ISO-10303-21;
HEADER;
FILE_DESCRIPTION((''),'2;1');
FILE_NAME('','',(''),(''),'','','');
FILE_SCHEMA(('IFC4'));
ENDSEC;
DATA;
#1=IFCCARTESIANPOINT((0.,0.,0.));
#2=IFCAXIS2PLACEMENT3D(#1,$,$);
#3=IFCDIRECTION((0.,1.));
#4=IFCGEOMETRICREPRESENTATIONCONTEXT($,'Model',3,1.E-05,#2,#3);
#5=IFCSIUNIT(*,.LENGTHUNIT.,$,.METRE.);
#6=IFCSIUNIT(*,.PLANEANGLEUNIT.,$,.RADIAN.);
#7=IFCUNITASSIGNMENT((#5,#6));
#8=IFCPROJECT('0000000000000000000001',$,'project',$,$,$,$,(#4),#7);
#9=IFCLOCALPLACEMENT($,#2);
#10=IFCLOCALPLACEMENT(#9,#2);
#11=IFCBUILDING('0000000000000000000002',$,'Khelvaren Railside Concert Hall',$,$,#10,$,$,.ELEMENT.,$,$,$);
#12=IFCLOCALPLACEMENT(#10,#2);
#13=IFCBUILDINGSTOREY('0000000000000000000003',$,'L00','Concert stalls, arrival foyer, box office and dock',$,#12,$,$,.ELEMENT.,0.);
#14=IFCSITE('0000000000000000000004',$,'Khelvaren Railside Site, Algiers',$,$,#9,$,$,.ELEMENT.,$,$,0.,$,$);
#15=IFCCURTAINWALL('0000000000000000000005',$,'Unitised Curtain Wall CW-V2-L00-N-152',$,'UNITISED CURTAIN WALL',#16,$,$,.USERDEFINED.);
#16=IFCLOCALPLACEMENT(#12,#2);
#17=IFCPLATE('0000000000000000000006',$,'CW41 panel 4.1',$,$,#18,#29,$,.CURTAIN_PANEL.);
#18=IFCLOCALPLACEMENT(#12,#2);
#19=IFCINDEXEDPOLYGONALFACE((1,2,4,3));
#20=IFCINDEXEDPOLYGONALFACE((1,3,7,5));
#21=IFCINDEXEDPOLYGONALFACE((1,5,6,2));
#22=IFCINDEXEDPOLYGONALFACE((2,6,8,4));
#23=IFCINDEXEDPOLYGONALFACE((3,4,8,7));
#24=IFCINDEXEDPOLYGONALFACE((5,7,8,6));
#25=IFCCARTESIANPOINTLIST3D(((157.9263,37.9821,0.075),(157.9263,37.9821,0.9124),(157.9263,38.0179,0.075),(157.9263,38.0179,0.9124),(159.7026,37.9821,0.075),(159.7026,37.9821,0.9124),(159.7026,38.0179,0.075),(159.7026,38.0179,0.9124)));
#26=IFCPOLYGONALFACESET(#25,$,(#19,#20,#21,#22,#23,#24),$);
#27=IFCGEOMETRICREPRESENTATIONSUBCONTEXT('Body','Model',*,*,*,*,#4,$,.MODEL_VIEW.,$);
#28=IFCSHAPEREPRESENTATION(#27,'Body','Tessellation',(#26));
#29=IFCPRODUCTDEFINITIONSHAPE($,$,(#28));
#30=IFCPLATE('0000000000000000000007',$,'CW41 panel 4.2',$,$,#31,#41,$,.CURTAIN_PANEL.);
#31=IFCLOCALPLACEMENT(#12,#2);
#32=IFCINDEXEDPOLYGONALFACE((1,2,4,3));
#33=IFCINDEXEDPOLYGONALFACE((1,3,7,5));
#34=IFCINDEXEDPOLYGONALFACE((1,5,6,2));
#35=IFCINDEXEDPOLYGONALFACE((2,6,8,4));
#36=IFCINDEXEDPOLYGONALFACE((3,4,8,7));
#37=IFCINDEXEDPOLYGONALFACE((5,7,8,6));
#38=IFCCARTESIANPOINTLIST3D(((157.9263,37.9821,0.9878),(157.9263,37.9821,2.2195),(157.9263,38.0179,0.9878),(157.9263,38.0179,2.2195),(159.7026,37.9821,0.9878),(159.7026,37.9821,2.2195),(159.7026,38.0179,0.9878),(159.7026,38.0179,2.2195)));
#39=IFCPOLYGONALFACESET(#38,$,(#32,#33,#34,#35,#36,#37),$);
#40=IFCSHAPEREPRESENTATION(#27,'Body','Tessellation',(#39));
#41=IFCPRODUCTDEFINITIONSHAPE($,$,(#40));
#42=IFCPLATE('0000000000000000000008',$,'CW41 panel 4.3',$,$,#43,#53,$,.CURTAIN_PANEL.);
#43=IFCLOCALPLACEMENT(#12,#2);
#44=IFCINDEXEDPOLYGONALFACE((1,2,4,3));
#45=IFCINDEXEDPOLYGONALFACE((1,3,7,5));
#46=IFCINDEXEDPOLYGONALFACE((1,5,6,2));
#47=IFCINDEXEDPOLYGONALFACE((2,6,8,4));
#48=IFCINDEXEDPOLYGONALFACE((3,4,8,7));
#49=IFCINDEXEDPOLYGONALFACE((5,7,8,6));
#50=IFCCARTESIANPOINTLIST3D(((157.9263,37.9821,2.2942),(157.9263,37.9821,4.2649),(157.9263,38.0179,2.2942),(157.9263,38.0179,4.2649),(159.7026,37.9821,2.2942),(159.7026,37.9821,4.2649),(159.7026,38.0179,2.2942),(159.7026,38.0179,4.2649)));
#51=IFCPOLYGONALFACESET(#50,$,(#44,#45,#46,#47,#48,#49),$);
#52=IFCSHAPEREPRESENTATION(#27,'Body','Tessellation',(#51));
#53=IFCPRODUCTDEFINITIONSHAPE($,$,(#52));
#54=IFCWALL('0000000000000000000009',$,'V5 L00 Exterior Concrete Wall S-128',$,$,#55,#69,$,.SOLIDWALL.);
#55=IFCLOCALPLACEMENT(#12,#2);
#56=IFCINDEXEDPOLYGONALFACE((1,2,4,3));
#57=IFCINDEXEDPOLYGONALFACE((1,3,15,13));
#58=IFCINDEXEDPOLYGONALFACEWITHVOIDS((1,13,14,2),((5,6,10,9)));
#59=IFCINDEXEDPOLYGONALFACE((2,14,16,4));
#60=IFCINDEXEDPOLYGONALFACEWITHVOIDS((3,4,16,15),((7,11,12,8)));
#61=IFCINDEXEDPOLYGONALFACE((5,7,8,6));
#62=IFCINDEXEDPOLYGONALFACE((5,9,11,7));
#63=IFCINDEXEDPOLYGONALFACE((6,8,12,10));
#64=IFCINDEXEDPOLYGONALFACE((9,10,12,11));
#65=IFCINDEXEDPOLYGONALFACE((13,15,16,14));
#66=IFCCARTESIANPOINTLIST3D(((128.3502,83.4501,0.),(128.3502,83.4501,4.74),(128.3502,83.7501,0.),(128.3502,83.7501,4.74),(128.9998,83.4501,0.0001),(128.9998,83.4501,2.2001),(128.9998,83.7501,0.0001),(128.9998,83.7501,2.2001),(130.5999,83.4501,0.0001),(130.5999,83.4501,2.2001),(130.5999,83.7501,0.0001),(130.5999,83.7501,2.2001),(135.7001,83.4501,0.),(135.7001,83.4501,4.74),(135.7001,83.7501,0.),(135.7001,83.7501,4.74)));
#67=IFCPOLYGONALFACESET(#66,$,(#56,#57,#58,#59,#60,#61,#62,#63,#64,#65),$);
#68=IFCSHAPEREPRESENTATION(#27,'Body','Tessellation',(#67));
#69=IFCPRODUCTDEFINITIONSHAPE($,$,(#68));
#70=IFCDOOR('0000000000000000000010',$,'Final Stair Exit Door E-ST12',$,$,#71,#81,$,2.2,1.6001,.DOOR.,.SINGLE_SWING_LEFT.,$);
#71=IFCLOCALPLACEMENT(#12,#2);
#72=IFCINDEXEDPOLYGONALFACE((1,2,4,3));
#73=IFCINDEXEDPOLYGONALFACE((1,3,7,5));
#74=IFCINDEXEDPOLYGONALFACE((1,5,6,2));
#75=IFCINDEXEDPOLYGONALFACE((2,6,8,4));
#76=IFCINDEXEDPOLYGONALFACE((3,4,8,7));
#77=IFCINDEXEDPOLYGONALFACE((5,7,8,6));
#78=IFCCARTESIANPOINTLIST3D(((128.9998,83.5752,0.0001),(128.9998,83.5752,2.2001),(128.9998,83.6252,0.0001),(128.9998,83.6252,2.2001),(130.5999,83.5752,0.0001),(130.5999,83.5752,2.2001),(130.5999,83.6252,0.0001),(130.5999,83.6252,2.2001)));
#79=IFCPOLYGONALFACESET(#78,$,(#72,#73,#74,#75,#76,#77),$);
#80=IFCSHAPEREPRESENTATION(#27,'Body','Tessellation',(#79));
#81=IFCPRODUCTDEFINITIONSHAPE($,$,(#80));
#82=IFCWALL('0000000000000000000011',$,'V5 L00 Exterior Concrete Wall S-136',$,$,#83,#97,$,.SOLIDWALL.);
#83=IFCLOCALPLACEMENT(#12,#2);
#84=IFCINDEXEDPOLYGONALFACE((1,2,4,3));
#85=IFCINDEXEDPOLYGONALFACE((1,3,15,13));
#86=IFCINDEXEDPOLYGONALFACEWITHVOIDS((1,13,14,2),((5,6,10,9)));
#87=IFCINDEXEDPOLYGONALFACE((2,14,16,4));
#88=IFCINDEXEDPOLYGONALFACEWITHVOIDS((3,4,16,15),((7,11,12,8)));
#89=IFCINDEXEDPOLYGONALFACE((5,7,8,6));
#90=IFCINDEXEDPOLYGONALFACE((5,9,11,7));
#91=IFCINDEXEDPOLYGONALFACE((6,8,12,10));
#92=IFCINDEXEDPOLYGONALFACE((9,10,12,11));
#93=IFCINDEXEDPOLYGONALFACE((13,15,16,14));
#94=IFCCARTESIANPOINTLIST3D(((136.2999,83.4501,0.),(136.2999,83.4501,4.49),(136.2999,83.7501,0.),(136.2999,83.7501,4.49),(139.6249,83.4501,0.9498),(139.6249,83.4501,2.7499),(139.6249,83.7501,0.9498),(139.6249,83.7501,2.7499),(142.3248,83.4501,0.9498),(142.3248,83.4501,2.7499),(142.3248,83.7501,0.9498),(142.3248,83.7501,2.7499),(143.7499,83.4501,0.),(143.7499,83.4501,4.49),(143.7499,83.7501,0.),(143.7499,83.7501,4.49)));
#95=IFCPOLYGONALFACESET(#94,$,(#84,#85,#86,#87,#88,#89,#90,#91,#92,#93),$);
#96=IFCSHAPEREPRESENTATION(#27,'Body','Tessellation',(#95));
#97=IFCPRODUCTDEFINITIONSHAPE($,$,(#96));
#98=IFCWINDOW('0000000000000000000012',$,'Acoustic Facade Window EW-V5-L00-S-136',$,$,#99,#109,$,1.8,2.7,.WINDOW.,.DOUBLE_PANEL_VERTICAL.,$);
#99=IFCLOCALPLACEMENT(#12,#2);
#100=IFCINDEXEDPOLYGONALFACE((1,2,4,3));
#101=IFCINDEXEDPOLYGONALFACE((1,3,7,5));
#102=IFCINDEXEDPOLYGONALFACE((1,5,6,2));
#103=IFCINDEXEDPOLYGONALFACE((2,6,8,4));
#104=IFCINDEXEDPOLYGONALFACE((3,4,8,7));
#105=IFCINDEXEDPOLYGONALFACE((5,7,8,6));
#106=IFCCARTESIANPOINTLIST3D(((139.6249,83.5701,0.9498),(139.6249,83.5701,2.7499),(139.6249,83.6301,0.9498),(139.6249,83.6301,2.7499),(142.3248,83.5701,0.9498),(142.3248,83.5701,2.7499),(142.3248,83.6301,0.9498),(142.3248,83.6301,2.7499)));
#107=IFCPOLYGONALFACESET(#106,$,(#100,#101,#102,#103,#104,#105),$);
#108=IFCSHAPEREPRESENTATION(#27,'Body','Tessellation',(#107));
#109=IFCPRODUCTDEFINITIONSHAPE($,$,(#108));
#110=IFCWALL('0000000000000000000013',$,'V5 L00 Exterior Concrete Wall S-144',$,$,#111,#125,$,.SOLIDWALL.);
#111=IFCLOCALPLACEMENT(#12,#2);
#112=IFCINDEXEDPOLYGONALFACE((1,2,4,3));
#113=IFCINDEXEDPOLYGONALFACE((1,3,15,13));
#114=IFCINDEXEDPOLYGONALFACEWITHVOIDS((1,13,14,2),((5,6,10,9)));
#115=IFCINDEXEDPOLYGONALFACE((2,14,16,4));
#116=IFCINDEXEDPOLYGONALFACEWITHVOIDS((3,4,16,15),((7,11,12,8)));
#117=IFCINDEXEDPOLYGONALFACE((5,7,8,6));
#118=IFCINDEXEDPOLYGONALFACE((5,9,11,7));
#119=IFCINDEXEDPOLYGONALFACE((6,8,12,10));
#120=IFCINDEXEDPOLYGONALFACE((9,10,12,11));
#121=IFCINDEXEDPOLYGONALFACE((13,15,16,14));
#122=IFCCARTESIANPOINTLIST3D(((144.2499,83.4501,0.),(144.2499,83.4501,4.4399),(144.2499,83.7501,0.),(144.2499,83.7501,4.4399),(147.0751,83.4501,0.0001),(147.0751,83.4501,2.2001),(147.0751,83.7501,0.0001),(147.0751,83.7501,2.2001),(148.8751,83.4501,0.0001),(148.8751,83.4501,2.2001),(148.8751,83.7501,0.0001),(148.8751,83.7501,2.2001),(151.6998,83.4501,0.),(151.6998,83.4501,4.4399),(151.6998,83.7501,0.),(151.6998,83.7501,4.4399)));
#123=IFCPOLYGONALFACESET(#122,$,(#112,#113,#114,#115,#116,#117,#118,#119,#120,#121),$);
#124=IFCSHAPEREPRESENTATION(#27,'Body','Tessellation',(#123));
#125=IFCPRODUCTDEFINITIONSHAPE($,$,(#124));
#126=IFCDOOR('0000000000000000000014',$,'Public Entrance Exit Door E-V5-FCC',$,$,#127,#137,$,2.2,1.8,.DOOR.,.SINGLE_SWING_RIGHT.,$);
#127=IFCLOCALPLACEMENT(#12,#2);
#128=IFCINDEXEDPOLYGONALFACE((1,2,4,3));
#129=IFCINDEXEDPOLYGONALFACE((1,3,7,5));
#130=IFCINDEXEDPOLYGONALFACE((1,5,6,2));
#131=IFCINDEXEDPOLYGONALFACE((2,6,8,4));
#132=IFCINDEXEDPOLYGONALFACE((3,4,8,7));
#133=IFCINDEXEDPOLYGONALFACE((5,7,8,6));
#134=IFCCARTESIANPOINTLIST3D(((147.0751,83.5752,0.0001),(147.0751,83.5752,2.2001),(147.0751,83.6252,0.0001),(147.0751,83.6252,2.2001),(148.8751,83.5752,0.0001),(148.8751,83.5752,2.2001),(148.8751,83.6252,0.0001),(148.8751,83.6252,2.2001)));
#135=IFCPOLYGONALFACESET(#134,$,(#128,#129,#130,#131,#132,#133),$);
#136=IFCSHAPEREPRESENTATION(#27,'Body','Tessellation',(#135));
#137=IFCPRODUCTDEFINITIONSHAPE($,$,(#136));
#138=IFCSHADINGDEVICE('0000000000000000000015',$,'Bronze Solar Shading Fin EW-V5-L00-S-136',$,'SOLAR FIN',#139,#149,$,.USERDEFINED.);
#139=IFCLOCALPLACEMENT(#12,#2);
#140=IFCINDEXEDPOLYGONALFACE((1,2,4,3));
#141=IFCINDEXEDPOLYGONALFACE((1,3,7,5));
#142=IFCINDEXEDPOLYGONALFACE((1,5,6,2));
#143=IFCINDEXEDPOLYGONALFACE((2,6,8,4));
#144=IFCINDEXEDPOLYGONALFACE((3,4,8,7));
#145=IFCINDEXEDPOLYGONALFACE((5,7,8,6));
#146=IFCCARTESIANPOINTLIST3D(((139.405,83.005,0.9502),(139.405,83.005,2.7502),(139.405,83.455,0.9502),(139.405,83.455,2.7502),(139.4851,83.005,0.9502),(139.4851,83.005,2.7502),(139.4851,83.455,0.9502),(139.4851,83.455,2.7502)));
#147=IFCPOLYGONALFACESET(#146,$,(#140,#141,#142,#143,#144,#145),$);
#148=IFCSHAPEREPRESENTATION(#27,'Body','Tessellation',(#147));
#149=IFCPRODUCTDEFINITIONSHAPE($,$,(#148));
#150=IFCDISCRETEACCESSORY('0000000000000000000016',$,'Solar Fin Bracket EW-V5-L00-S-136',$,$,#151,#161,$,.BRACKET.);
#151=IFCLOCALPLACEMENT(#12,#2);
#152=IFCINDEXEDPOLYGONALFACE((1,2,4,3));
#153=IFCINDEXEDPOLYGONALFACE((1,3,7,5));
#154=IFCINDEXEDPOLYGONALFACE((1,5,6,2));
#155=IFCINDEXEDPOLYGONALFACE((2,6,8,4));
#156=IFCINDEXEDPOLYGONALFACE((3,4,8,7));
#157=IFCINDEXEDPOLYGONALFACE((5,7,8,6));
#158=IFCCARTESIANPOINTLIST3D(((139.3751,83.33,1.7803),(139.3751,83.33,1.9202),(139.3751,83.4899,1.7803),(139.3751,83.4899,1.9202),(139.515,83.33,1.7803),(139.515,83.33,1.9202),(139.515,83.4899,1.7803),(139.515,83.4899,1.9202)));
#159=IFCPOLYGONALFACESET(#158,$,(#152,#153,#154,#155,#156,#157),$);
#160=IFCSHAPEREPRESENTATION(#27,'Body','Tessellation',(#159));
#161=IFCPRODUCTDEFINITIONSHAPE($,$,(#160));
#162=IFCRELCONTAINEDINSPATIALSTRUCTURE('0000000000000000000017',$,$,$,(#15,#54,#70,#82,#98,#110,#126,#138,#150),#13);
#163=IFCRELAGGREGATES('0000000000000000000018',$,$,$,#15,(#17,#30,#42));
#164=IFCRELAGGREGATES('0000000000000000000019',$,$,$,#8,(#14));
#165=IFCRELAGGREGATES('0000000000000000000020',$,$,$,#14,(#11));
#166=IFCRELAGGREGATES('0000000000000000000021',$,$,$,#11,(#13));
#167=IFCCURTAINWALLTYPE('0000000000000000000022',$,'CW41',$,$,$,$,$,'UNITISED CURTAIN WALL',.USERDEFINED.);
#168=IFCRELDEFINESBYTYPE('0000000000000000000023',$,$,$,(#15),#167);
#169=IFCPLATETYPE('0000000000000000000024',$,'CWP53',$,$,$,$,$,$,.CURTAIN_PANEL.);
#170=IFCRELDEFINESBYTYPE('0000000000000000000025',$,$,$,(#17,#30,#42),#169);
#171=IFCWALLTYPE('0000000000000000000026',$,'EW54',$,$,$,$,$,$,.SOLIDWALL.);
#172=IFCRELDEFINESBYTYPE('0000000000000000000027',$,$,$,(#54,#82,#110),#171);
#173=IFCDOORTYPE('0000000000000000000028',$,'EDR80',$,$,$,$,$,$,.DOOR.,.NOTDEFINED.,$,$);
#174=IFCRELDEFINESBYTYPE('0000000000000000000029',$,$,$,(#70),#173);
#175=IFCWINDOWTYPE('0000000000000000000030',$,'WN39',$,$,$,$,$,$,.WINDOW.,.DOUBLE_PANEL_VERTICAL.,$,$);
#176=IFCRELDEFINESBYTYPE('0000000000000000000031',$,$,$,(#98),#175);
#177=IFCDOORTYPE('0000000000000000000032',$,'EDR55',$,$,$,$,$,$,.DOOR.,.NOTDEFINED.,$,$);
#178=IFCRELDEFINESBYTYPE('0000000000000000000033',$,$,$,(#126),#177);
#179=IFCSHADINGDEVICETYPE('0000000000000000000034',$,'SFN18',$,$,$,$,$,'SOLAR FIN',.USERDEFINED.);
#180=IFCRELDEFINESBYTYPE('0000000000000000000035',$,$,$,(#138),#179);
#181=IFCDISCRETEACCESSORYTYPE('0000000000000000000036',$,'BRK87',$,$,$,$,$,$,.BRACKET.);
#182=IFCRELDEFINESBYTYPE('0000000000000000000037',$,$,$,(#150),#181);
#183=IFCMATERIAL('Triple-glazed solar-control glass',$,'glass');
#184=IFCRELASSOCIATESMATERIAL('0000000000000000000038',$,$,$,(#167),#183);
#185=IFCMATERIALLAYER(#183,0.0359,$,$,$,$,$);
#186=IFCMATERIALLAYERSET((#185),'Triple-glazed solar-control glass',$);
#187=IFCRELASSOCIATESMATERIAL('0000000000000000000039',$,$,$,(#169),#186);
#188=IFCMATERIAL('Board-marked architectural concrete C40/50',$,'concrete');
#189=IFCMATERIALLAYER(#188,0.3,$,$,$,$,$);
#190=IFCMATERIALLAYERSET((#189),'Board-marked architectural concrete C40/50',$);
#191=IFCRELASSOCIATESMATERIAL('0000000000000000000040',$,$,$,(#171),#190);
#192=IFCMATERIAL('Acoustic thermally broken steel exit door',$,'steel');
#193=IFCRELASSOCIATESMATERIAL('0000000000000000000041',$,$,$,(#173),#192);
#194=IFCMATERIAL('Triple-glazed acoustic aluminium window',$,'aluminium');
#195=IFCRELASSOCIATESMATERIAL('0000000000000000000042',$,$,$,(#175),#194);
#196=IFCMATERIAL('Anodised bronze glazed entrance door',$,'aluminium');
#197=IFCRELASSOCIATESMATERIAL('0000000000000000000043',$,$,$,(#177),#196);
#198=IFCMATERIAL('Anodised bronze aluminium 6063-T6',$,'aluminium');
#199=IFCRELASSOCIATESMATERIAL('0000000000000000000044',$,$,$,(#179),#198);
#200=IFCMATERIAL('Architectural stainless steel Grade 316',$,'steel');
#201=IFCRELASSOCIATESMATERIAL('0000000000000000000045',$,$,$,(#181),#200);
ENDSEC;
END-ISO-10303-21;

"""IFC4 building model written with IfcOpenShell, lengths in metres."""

from ifc_helpers import new_model, si_unit, direction, frame, frame_2d, origin, origin_2d, place, context, subcontext, project, spatial, rectangle, extrude, material, layer, layer_set, type_object, element, fill, aggregate, save


model = new_model("IFC4")

# Units and contexts
model_context = context("Model", 3, precision=1e-05, world=origin(), true_north=direction((0.0, 1.0)))
body_context = subcontext(model_context, "Body", "Model", "MODEL_VIEW")
ifc_project = project(units=[si_unit("LENGTHUNIT", "METRE"), si_unit("PLANEANGLEUNIT", "RADIAN")], contexts=[model_context])

# Site, building, storey
site_placement = place(None, origin())
site = spatial("IfcSite", under=ifc_project, at=site_placement, Name="Khelvaren Railside Site, Algiers", CompositionType="ELEMENT", RefElevation=0.0)
building_placement = place(site_placement, origin())
building = spatial("IfcBuilding", under=site, at=building_placement, Name="Khelvaren Railside Concert Hall", CompositionType="ELEMENT")
storey_placement = place(building_placement, origin())
storey = spatial("IfcBuildingStorey", under=building, at=storey_placement, Name="L00", Description="Concert stalls, arrival foyer, box office and dock", CompositionType="ELEMENT", Elevation=0.0)

# Curtain wall
ifc_material_1 = material(Name="Triple-glazed solar-control glass", Category="glass")
curtain_wall_type = type_object("IfcCurtainWallType", Name="CW41", ElementType="UNITISED CURTAIN WALL", PredefinedType="USERDEFINED", material=ifc_material_1)
curtain_wall_placement = place(storey_placement, origin())
curtain_wall = element("IfcCurtainWall", 1, at=curtain_wall_placement, inside=storey, type_object=curtain_wall_type, Name="Unitised Curtain Wall CW-V2-L00-N-152", ObjectType="UNITISED CURTAIN WALL", PredefinedType="USERDEFINED")

# Plates
ifc_layer_1 = layer(ifc_material_1, 0.0359)
ifc_layer_set_1 = layer_set([ifc_layer_1], Name="Triple-glazed solar-control glass")
plate_type = type_object("IfcPlateType", Name="CWP53", PredefinedType="CURTAIN_PANEL", material=ifc_layer_set_1)
plate_1_placement = place(storey_placement, frame((158.8145, 38.0, 0.075), z_axis=(0.0, 0.0, 1.0), x_axis=(1.0, 0.0, 0.0)))
plate_1 = element("IfcPlate", 2, at=plate_1_placement, type_object=plate_type, Name="CW41 panel 4.1", PredefinedType="CURTAIN_PANEL", context=body_context, shape_type="SweptSolid", body=[
    extrude(rectangle(XDim=1.7764, YDim=0.0359, at=origin_2d()), origin(), (0.0, 0.0, 1.0), 0.8374),
])
plate_2_placement = place(storey_placement, frame((158.8145, 38.0, 0.9878), z_axis=(0.0, 0.0, 1.0), x_axis=(1.0, 0.0, 0.0)))
plate_2 = element("IfcPlate", 3, at=plate_2_placement, type_object=plate_type, Name="CW41 panel 4.2", PredefinedType="CURTAIN_PANEL", context=body_context, shape_type="SweptSolid", body=[
    extrude(rectangle(XDim=1.7764, YDim=0.0359, at=origin_2d()), origin(), (0.0, 0.0, 1.0), 1.2317),
])
plate_3_placement = place(storey_placement, frame((158.8145, 38.0, 2.2942), z_axis=(0.0, 0.0, 1.0), x_axis=(1.0, 0.0, 0.0)))
plate_3 = element("IfcPlate", 4, at=plate_3_placement, type_object=plate_type, Name="CW41 panel 4.3", PredefinedType="CURTAIN_PANEL", context=body_context, shape_type="SweptSolid", body=[
    extrude(rectangle(XDim=1.7764, YDim=0.0359, at=origin_2d()), origin(), (0.0, 0.0, 1.0), 1.9707),
])
aggregate(curtain_wall, [plate_1, plate_2, plate_3])

# Wall, opening, door
ifc_material_2 = material(Name="Board-marked architectural concrete C40/50", Category="concrete")
ifc_layer_2 = layer(ifc_material_2, 0.3)
ifc_layer_set_2 = layer_set([ifc_layer_2], Name="Board-marked architectural concrete C40/50")
wall_type = type_object("IfcWallType", Name="EW54", PredefinedType="SOLIDWALL", material=ifc_layer_set_2)
wall_1_placement = place(storey_placement, frame((135.7, 83.6001, 0.0), z_axis=(0.0, 0.0, 1.0), x_axis=(-1.0, 0.0, 0.0)))
wall_1 = element("IfcWall", 5, at=wall_1_placement, inside=storey, type_object=wall_type, Name="V5 L00 Exterior Concrete Wall S-128", PredefinedType="SOLIDWALL", context=body_context, shape_type="SweptSolid", body=[
    extrude(rectangle(XDim=7.3499, YDim=0.3, at=frame_2d((3.6748, 0.0))), origin(), (0.0, 0.0, 1.0), 4.74),
])
opening_1_placement = place(wall_1_placement, frame((5.1001, 0.0, 0.0)))
opening_1 = element("IfcOpeningElement", 6, at=opening_1_placement, cuts=wall_1, PredefinedType="OPENING", context=body_context, shape_type="SweptSolid", body=[
    extrude(rectangle(XDim=1.6001, YDim=2.2, at=frame_2d((0.8, 1.1001))), frame((0.0, 0.1599, 0.0), z_axis=(0.0, -1.0, 0.0), x_axis=(1.0, 0.0, 0.0)), (0.0, 0.0, 1.0), 0.3201),
])
ifc_material_3 = material(Name="Acoustic thermally broken steel exit door", Category="steel")
door_type_1 = type_object("IfcDoorType", Name="EDR80", OperationType="NOTDEFINED", PredefinedType="DOOR", material=ifc_material_3)
door_1_placement = place(opening_1_placement, origin())
door_1 = element("IfcDoor", 7, at=door_1_placement, inside=storey, type_object=door_type_1, Name="Final Stair Exit Door E-ST12", OperationType="SINGLE_SWING_LEFT", OverallHeight=2.2, OverallWidth=1.6001, PredefinedType="DOOR", context=body_context, shape_type="SweptSolid", body=[
    extrude(rectangle(XDim=1.6001, YDim=2.2, at=frame_2d((0.8, 1.1001))), frame((0.0, 0.0249, 0.0), z_axis=(0.0, -1.0, 0.0), x_axis=(1.0, 0.0, 0.0)), (0.0, 0.0, 1.0), 0.05),
])
fill(opening_1, door_1)

# Wall, opening, window
wall_2_placement = place(storey_placement, frame((143.75, 83.6001, 0.0), z_axis=(0.0, 0.0, 1.0), x_axis=(-1.0, 0.0, 0.0)))
wall_2 = element("IfcWall", 8, at=wall_2_placement, inside=storey, type_object=wall_type, Name="V5 L00 Exterior Concrete Wall S-136", PredefinedType="SOLIDWALL", context=body_context, shape_type="SweptSolid", body=[
    extrude(rectangle(XDim=7.45, YDim=0.3, at=frame_2d((3.7251, 0.0))), origin(), (0.0, 0.0, 1.0), 4.49),
])
opening_2_placement = place(wall_2_placement, frame((1.425, 0.0, 0.95)))
opening_2 = element("IfcOpeningElement", 9, at=opening_2_placement, cuts=wall_2, PredefinedType="OPENING", context=body_context, shape_type="SweptSolid", body=[
    extrude(rectangle(XDim=2.7, YDim=1.8, at=frame_2d((1.3501, 0.8999))), frame((0.0, 0.1599, 0.0), z_axis=(0.0, -1.0, 0.0), x_axis=(1.0, 0.0, 0.0)), (0.0, 0.0, 1.0), 0.3201),
])
ifc_material_4 = material(Name="Triple-glazed acoustic aluminium window", Category="aluminium")
window_type = type_object("IfcWindowType", Name="WN39", PartitioningType="DOUBLE_PANEL_VERTICAL", PredefinedType="WINDOW", material=ifc_material_4)
window_placement = place(opening_2_placement, origin())
window = element("IfcWindow", 10, at=window_placement, inside=storey, type_object=window_type, Name="Acoustic Facade Window EW-V5-L00-S-136", OverallHeight=1.8, OverallWidth=2.7, PartitioningType="DOUBLE_PANEL_VERTICAL", PredefinedType="WINDOW", context=body_context, shape_type="SweptSolid", body=[
    extrude(rectangle(XDim=2.7, YDim=1.8, at=frame_2d((1.3501, 0.8999))), frame((0.0, 0.03, 0.0), z_axis=(0.0, -1.0, 0.0), x_axis=(1.0, 0.0, 0.0)), (0.0, 0.0, 1.0), 0.0601),
])
fill(opening_2, window)

# Wall, opening, door
wall_3_placement = place(storey_placement, frame((151.7, 83.6001, 0.0), z_axis=(0.0, 0.0, 1.0), x_axis=(-1.0, 0.0, 0.0)))
wall_3 = element("IfcWall", 11, at=wall_3_placement, inside=storey, type_object=wall_type, Name="V5 L00 Exterior Concrete Wall S-144", PredefinedType="SOLIDWALL", context=body_context, shape_type="SweptSolid", body=[
    extrude(rectangle(XDim=7.45, YDim=0.3, at=frame_2d((3.7251, 0.0))), origin(), (0.0, 0.0, 1.0), 4.4399),
])
opening_3_placement = place(wall_3_placement, frame((2.825, 0.0, 0.0)))
opening_3 = element("IfcOpeningElement", 12, at=opening_3_placement, cuts=wall_3, PredefinedType="OPENING", context=body_context, shape_type="SweptSolid", body=[
    extrude(rectangle(XDim=1.8, YDim=2.2, at=frame_2d((0.8999, 1.1001))), frame((0.0, 0.1599, 0.0), z_axis=(0.0, -1.0, 0.0), x_axis=(1.0, 0.0, 0.0)), (0.0, 0.0, 1.0), 0.3201),
])
ifc_material_5 = material(Name="Anodised bronze glazed entrance door", Category="aluminium")
door_type_2 = type_object("IfcDoorType", Name="EDR55", OperationType="NOTDEFINED", PredefinedType="DOOR", material=ifc_material_5)
door_2_placement = place(opening_3_placement, origin())
door_2 = element("IfcDoor", 13, at=door_2_placement, inside=storey, type_object=door_type_2, Name="Public Entrance Exit Door E-V5-FCC", OperationType="SINGLE_SWING_RIGHT", OverallHeight=2.2, OverallWidth=1.8, PredefinedType="DOOR", context=body_context, shape_type="SweptSolid", body=[
    extrude(rectangle(XDim=1.8, YDim=2.2, at=frame_2d((0.8999, 1.1001))), frame((0.0, 0.0249, 0.0), z_axis=(0.0, -1.0, 0.0), x_axis=(1.0, 0.0, 0.0)), (0.0, 0.0, 1.0), 0.05),
])
fill(opening_3, door_2)

# Shading device
ifc_material_6 = material(Name="Anodised bronze aluminium 6063-T6", Category="aluminium")
shading_device_type = type_object("IfcShadingDeviceType", Name="SFN18", ElementType="SOLAR FIN", PredefinedType="USERDEFINED", material=ifc_material_6)
shading_device_placement = place(storey_placement, frame((139.4451, 83.23, 0.9502), z_axis=(0.0, 0.0, 1.0), x_axis=(-1.0, 0.0, 0.0)))
element("IfcShadingDevice", 14, at=shading_device_placement, inside=storey, type_object=shading_device_type, Name="Bronze Solar Shading Fin EW-V5-L00-S-136", ObjectType="SOLAR FIN", PredefinedType="USERDEFINED", context=body_context, shape_type="SweptSolid", body=[
    extrude(rectangle(XDim=0.0801, YDim=0.45, at=origin_2d()), origin(), (0.0, 0.0, 1.0), 1.8),
])

# Discrete accessory
ifc_material_7 = material(Name="Architectural stainless steel Grade 316", Category="steel")
discrete_accessory_type = type_object("IfcDiscreteAccessoryType", Name="BRK87", PredefinedType="BRACKET", material=ifc_material_7)
discrete_accessory_placement = place(storey_placement, frame((139.4451, 83.4099, 1.7803), z_axis=(0.0, 0.0, 1.0), x_axis=(-1.0, 0.0, 0.0)))
element("IfcDiscreteAccessory", 15, at=discrete_accessory_placement, inside=storey, type_object=discrete_accessory_type, Name="Solar Fin Bracket EW-V5-L00-S-136", PredefinedType="BRACKET", context=body_context, shape_type="SweptSolid", body=[
    extrude(rectangle(XDim=0.1399, YDim=0.1599, at=origin_2d()), origin(), (0.0, 0.0, 1.0), 0.1399),
])

save(model, "model.ifc")
